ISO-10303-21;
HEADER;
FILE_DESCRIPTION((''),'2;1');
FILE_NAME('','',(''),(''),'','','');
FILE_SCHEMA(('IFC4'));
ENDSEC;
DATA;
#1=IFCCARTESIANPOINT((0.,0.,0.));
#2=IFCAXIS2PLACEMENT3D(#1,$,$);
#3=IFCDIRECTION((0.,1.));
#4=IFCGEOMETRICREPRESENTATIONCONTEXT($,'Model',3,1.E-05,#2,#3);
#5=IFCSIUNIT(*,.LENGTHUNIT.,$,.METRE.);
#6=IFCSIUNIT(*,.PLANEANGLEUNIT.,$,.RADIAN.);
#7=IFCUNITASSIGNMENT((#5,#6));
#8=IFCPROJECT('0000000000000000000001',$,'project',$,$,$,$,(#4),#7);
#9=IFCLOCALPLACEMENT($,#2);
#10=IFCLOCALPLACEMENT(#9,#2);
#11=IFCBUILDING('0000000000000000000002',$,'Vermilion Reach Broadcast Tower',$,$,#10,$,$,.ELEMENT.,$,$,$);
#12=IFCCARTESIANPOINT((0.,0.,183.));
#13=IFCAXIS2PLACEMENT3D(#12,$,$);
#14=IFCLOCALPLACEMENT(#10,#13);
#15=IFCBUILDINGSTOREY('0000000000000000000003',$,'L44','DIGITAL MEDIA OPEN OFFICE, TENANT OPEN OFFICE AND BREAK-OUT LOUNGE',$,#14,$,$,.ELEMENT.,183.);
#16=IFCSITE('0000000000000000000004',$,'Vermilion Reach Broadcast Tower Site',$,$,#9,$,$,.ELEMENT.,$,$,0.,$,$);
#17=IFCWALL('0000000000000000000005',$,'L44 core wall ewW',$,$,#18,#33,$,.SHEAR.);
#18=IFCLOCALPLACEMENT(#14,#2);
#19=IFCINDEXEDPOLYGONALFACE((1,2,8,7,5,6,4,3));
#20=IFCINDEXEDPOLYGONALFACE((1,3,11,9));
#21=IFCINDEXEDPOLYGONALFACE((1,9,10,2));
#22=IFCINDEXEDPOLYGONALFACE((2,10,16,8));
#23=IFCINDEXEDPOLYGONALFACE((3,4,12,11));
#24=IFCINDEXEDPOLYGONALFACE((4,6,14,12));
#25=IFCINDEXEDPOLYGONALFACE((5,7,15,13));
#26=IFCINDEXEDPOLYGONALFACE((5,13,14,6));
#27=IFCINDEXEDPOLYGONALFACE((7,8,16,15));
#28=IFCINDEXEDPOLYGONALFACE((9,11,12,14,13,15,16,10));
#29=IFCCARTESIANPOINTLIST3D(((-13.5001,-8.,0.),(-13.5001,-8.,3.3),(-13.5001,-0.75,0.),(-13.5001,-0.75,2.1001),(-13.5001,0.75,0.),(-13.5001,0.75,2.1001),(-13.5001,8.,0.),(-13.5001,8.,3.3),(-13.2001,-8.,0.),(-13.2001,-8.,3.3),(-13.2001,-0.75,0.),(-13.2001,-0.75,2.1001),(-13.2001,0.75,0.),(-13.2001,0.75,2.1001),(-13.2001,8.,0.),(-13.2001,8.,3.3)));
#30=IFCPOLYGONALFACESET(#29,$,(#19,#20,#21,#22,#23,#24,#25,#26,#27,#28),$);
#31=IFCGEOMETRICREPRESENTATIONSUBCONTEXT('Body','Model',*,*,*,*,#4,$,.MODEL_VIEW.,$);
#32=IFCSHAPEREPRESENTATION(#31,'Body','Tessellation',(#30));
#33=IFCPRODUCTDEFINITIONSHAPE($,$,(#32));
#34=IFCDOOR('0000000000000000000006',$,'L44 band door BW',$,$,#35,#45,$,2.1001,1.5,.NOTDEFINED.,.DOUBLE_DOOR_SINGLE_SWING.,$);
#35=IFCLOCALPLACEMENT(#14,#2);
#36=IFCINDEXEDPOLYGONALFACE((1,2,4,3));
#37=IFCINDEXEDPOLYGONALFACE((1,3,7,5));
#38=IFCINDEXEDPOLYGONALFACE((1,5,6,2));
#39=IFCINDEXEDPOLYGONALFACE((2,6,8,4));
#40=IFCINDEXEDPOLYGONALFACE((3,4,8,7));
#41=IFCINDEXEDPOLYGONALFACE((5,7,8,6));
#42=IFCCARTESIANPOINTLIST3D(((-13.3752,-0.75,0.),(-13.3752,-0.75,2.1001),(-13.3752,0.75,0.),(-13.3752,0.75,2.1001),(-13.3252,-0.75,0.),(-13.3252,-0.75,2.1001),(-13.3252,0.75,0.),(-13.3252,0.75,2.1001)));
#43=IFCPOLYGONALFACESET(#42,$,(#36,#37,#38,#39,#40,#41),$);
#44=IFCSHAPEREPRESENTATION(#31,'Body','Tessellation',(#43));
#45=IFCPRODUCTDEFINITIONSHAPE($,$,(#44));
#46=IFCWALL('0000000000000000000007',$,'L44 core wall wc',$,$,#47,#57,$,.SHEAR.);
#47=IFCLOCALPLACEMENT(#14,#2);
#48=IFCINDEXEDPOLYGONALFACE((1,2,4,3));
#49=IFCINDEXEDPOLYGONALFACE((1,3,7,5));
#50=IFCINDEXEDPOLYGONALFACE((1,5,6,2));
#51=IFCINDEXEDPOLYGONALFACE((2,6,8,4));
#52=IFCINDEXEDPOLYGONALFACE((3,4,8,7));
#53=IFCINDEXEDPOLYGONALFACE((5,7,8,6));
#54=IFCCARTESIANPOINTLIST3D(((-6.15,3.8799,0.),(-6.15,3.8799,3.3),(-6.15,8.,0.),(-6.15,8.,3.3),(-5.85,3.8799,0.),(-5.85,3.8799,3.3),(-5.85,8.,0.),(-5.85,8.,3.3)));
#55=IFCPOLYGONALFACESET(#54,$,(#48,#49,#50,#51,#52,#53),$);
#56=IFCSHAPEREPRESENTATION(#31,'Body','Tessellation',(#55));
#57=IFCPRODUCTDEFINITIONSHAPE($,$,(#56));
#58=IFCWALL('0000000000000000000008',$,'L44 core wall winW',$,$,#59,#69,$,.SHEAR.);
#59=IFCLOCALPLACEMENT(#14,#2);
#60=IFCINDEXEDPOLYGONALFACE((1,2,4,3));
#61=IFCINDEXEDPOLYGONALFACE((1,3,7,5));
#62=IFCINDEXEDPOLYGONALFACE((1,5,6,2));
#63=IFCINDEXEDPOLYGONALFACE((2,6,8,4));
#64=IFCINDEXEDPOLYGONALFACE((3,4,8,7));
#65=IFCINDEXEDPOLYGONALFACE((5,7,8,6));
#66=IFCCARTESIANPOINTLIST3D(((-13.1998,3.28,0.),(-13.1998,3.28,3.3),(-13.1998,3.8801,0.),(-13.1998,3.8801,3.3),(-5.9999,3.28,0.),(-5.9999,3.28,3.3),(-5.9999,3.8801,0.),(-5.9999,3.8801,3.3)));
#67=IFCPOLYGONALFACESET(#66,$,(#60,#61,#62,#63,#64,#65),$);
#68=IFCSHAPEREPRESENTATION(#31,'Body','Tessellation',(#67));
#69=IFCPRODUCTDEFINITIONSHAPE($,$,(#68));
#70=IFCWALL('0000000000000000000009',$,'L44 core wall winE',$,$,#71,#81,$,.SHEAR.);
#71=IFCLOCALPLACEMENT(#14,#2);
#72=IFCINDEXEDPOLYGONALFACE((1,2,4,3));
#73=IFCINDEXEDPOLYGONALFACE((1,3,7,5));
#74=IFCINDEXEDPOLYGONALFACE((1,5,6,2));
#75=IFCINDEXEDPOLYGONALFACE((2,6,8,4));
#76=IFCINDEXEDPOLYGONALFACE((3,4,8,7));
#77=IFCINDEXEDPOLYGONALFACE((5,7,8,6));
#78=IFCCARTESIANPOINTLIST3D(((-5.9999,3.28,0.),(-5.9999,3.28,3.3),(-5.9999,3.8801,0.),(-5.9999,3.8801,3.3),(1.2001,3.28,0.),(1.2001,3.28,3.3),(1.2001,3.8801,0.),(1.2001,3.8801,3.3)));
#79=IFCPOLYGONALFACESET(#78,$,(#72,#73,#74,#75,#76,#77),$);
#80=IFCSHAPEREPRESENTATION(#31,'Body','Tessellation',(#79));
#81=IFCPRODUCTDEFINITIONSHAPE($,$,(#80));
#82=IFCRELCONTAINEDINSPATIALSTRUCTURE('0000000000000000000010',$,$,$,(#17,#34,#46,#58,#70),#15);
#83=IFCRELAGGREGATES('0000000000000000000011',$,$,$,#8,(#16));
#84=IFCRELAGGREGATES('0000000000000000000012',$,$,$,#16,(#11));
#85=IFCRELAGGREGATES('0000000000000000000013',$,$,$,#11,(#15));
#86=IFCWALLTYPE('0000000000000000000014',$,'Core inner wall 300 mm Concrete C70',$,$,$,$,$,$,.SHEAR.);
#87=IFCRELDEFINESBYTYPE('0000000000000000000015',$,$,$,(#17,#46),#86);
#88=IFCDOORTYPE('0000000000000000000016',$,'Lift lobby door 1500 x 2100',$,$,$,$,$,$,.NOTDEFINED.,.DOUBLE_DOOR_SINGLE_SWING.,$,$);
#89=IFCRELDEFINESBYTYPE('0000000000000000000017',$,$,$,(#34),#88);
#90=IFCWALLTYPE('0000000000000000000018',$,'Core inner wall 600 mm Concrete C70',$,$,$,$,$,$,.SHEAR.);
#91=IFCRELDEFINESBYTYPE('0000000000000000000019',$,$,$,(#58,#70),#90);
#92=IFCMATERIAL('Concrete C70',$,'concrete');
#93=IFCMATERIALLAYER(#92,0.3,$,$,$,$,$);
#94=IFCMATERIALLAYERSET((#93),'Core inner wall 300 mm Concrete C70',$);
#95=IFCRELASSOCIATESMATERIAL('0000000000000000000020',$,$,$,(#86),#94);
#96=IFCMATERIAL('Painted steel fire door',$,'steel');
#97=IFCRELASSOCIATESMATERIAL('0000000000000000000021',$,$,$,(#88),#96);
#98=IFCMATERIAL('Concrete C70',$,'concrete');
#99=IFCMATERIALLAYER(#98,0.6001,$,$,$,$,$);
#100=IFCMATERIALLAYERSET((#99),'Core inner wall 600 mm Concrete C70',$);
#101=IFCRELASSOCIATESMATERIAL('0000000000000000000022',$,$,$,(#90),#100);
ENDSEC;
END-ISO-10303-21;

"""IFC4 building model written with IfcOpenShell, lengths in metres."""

from ifc_helpers import new_model, si_unit, direction, frame, frame_2d, origin, place, context, subcontext, project, spatial, rectangle, extrude, material, layer, layer_set, type_object, element, fill, save


model = new_model("IFC4")

# Units and contexts
model_context = context("Model", 3, precision=1e-05, world=origin(), true_north=direction((0.0, 1.0)))
body_context = subcontext(model_context, "Body", "Model", "MODEL_VIEW")
ifc_project = project(units=[si_unit("LENGTHUNIT", "METRE"), si_unit("PLANEANGLEUNIT", "RADIAN")], contexts=[model_context])

# Site, building, storey
site_placement = place(None, origin())
site = spatial("IfcSite", under=ifc_project, at=site_placement, Name="Vermilion Reach Broadcast Tower Site", CompositionType="ELEMENT", RefElevation=0.0)
building_placement = place(site_placement, origin())
building = spatial("IfcBuilding", under=site, at=building_placement, Name="Vermilion Reach Broadcast Tower", CompositionType="ELEMENT")
storey_placement = place(building_placement, frame((0.0, 0.0, 183.0)))
storey = spatial("IfcBuildingStorey", under=building, at=storey_placement, Name="L44", Description="DIGITAL MEDIA OPEN OFFICE, TENANT OPEN OFFICE AND BREAK-OUT LOUNGE", CompositionType="ELEMENT", Elevation=183.0)

# Wall, opening, door
ifc_material_1 = material(Name="Concrete C70", Category="concrete")
ifc_layer_1 = layer(ifc_material_1, 0.3)
ifc_layer_set_1 = layer_set([ifc_layer_1], Name="Core inner wall 300 mm Concrete C70")
wall_type_1 = type_object("IfcWallType", Name="Core inner wall 300 mm Concrete C70", PredefinedType="SHEAR", material=ifc_layer_set_1)
wall_1_placement = place(storey_placement, frame((-13.3501, 8.0, 0.0), z_axis=(0.0, 0.0, 1.0), x_axis=(0.0, -1.0, 0.0)))
wall_1 = element("IfcWall", 1, at=wall_1_placement, inside=storey, type_object=wall_type_1, Name="L44 core wall ewW", PredefinedType="SHEAR", context=body_context, shape_type="SweptSolid", body=[
    extrude(rectangle(XDim=16.0, YDim=0.3, at=frame_2d((8.0, 0.0))), origin(), (0.0, 0.0, 1.0), 3.3),
])
opening_1_placement = place(wall_1_placement, frame((7.25, 0.0, 0.0)))
opening_1 = element("IfcOpeningElement", 2, at=opening_1_placement, cuts=wall_1, PredefinedType="OPENING", context=body_context, shape_type="SweptSolid", body=[
    extrude(rectangle(XDim=1.5, YDim=2.1001, at=frame_2d((0.75, 1.05))), frame((0.0, 0.1599, 0.0), z_axis=(0.0, -1.0, 0.0), x_axis=(1.0, 0.0, 0.0)), (0.0, 0.0, 1.0), 0.3201),
])
ifc_material_2 = material(Name="Painted steel fire door", Category="steel")
door_type_1 = type_object("IfcDoorType", Name="Lift lobby door 1500 x 2100", OperationType="DOUBLE_DOOR_SINGLE_SWING", PredefinedType="NOTDEFINED", material=ifc_material_2)
door_1_placement = place(opening_1_placement, origin())
door_1 = element("IfcDoor", 3, at=door_1_placement, inside=storey, type_object=door_type_1, Name="L44 band door BW", OperationType="DOUBLE_DOOR_SINGLE_SWING", OverallHeight=2.1001, OverallWidth=1.5, PredefinedType="NOTDEFINED", context=body_context, shape_type="SweptSolid", body=[
    extrude(rectangle(XDim=1.5, YDim=2.1001, at=frame_2d((0.75, 1.05))), frame((0.0, 0.0249, 0.0), z_axis=(0.0, -1.0, 0.0), x_axis=(1.0, 0.0, 0.0)), (0.0, 0.0, 1.0), 0.05),
])
fill(opening_1, door_1)

# Walls
wall_2_placement = place(storey_placement, frame((-6.0, 3.8799, 0.0), z_axis=(0.0, 0.0, 1.0), x_axis=(0.0, 1.0, 0.0)))
element("IfcWall", 4, at=wall_2_placement, inside=storey, type_object=wall_type_1, Name="L44 core wall wc", PredefinedType="SHEAR", context=body_context, shape_type="SweptSolid", body=[
    extrude(rectangle(XDim=4.1201, YDim=0.3, at=frame_2d((2.0601, 0.0))), origin(), (0.0, 0.0, 1.0), 3.3),
])
ifc_material_3 = material(Name="Concrete C70", Category="concrete")
ifc_layer_2 = layer(ifc_material_3, 0.6001)
ifc_layer_set_2 = layer_set([ifc_layer_2], Name="Core inner wall 600 mm Concrete C70")
wall_type_2 = type_object("IfcWallType", Name="Core inner wall 600 mm Concrete C70", PredefinedType="SHEAR", material=ifc_layer_set_2)
for number, where, z_axis, x_axis, name in (
    (5, (-13.2, 3.5801, 0.0), (0.0, 0.0, 1.0), (1.0, 0.0, 0.0), "L44 core wall winW"),
    (6, (-6.0, 3.5801, 0.0), (0.0, 0.0, 1.0), (1.0, 0.0, 0.0), "L44 core wall winE"),
):
    element("IfcWall", number, at=place(storey_placement, frame(where, z_axis=z_axis, x_axis=x_axis)), inside=storey, type_object=wall_type_2, Name=name, PredefinedType="SHEAR", context=body_context, shape_type="SweptSolid", body=[
        extrude(rectangle(XDim=7.2, YDim=0.6001, at=frame_2d((3.6001, 0.0))), origin(), (0.0, 0.0, 1.0), 3.3),
    ])

save(model, "model.ifc")
